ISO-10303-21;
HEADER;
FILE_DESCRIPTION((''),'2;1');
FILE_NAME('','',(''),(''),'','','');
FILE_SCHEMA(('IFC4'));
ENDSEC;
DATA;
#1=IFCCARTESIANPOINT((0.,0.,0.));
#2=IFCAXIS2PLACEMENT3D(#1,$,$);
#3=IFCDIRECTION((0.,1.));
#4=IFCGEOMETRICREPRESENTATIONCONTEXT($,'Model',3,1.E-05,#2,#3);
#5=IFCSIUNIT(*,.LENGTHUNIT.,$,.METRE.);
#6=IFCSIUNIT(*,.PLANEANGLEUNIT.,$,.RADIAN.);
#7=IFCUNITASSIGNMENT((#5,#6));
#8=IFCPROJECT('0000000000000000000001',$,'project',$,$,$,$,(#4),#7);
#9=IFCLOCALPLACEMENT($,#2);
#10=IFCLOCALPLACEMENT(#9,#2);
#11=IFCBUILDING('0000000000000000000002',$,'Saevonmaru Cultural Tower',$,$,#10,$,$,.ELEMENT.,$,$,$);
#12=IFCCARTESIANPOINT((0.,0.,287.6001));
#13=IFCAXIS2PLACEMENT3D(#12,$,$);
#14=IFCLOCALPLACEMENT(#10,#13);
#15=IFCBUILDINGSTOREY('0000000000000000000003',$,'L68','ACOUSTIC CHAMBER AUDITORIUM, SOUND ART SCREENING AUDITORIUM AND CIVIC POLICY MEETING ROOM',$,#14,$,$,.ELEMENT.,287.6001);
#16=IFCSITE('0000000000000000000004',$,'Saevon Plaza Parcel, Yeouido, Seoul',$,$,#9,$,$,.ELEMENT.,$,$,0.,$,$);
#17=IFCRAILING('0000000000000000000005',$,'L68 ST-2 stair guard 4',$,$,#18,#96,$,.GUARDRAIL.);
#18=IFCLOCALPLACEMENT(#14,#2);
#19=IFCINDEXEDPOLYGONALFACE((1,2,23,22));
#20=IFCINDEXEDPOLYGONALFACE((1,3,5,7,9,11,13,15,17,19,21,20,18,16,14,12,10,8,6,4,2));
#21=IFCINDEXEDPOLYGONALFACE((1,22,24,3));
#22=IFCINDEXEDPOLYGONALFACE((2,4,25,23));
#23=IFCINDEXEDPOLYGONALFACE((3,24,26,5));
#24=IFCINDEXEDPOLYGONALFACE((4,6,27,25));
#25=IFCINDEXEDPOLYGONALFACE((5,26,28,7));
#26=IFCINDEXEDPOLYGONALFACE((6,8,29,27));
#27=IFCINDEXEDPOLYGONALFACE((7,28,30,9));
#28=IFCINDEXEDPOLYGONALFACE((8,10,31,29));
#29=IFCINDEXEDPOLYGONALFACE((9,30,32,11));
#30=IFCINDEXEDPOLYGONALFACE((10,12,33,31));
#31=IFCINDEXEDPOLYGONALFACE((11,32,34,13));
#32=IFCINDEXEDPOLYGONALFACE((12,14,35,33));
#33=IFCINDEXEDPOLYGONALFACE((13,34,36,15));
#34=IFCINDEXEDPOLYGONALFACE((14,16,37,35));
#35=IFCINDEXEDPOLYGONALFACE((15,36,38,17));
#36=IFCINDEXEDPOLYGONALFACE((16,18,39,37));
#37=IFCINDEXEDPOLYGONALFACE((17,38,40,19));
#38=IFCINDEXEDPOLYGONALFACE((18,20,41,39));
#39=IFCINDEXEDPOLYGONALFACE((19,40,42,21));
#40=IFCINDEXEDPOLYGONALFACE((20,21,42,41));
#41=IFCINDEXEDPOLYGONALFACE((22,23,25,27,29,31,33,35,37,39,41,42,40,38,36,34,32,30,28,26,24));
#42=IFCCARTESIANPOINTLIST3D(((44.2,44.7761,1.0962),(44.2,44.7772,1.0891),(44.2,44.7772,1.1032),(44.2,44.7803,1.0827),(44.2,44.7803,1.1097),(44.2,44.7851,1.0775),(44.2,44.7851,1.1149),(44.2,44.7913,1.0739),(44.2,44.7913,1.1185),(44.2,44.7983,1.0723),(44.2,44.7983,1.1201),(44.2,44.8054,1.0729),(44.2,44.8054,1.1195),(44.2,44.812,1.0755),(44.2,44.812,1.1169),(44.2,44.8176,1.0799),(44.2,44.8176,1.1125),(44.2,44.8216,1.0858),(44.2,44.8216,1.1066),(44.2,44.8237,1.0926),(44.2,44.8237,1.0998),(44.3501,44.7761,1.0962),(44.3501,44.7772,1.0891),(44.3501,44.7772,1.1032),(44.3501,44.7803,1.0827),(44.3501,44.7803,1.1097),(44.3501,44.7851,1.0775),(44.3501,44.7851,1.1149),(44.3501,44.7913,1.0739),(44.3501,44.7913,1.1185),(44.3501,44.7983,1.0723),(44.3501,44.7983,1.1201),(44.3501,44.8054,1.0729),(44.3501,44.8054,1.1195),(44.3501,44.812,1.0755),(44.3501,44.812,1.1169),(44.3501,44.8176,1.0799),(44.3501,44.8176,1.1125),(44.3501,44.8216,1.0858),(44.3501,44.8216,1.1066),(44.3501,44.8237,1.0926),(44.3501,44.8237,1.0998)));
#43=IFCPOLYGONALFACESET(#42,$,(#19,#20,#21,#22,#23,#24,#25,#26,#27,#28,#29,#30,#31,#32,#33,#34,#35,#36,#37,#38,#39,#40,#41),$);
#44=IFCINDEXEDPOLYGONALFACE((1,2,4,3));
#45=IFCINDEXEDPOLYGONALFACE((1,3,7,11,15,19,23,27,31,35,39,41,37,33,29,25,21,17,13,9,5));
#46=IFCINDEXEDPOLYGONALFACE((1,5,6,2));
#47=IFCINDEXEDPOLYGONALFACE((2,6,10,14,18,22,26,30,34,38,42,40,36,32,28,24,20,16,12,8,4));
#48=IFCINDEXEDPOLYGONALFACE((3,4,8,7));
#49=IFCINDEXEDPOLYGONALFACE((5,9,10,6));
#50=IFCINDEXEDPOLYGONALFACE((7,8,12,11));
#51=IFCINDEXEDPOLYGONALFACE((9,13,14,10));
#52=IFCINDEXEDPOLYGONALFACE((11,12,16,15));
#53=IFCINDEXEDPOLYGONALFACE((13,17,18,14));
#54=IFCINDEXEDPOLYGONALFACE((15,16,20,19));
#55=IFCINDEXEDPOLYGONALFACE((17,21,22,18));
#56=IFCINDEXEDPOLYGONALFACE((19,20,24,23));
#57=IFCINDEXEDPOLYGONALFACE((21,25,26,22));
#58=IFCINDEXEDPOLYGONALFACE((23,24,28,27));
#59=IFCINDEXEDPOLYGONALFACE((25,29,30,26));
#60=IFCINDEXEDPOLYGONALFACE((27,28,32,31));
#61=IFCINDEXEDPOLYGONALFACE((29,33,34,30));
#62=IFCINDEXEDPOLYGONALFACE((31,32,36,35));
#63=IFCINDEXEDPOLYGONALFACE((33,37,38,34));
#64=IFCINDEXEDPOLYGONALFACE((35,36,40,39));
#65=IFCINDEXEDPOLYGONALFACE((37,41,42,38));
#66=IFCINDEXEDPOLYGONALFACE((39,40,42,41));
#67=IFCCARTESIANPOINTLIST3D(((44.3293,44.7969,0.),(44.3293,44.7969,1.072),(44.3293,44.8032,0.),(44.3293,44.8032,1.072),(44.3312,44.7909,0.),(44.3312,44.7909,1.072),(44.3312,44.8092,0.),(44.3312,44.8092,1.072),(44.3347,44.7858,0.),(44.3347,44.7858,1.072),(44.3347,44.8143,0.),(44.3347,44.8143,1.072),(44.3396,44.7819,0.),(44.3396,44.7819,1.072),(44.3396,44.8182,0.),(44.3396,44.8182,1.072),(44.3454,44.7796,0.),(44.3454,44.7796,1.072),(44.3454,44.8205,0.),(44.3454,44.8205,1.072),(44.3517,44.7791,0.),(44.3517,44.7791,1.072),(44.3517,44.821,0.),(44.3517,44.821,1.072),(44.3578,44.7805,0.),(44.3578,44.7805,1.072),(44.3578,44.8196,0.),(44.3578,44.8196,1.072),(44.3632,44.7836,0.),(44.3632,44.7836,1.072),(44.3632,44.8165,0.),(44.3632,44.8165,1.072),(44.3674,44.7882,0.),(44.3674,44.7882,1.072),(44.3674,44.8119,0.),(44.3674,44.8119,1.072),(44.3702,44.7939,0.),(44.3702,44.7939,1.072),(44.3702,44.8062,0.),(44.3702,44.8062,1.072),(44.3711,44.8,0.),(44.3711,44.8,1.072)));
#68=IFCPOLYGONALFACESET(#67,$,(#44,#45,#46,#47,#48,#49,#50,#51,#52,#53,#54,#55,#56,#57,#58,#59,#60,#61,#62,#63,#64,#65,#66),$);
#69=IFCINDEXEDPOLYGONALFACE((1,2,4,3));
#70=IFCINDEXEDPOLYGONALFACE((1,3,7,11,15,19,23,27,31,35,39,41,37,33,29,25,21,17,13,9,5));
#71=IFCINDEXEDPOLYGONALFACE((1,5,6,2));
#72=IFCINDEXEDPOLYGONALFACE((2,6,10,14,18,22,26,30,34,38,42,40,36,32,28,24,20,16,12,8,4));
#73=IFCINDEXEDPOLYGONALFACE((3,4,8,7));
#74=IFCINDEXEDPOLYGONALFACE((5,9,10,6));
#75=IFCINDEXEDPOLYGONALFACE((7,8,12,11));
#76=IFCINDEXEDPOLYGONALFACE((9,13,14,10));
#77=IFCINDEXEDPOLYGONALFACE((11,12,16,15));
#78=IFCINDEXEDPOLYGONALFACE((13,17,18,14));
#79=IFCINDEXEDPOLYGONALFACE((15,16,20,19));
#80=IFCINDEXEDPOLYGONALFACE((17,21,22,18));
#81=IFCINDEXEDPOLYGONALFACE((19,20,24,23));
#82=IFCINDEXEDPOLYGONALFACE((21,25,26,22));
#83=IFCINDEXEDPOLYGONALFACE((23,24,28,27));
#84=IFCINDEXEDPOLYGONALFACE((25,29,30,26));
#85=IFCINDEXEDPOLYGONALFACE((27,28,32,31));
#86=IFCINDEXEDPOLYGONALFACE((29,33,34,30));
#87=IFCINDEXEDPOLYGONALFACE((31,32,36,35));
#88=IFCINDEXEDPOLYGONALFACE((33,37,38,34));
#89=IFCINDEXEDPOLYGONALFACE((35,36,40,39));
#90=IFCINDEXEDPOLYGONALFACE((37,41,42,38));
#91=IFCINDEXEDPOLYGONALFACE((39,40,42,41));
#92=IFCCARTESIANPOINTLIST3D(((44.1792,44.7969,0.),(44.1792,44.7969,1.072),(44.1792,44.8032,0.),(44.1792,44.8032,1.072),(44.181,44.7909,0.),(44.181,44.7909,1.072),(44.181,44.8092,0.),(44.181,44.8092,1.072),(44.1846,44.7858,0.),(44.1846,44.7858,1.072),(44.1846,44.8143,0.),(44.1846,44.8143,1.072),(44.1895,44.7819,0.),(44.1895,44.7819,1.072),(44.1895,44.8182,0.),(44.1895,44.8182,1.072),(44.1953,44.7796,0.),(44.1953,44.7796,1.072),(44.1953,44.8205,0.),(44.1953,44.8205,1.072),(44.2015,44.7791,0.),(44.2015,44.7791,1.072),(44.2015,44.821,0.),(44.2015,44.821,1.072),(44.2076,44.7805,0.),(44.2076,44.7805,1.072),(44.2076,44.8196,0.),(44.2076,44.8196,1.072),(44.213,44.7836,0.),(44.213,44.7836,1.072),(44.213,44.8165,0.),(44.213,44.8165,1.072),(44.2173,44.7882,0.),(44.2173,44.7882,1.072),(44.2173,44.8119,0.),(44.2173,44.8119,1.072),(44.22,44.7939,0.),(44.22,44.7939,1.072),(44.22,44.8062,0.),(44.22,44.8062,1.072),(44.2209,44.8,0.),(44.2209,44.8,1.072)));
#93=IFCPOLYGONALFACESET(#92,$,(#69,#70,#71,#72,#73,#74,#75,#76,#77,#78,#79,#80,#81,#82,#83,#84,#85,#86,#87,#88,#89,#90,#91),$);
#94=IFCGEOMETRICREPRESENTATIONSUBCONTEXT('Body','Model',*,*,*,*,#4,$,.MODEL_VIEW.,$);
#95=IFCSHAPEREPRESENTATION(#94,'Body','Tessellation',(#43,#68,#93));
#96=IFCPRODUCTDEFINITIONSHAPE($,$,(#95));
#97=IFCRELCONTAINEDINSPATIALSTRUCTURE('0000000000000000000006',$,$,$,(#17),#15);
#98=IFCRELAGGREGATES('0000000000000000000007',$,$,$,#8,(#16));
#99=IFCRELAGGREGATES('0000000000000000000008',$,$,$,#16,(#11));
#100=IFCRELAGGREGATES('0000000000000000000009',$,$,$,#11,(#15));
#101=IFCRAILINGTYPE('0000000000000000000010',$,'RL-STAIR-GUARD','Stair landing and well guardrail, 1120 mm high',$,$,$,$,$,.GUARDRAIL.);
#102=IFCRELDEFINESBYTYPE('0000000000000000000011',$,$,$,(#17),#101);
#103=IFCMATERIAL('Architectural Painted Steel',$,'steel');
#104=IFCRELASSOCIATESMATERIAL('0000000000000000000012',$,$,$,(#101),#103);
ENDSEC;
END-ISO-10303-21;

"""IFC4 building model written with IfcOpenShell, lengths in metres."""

from ifc_helpers import new_model, si_unit, direction, frame, origin, origin_2d, place, context, subcontext, project, spatial, circle, extrude, material, type_object, element, save


model = new_model("IFC4")

# Units and contexts
model_context = context("Model", 3, precision=1e-05, world=origin(), true_north=direction((0.0, 1.0)))
body_context = subcontext(model_context, "Body", "Model", "MODEL_VIEW")
ifc_project = project(units=[si_unit("LENGTHUNIT", "METRE"), si_unit("PLANEANGLEUNIT", "RADIAN")], contexts=[model_context])

# Site, building, storey
site_placement = place(None, origin())
site = spatial("IfcSite", under=ifc_project, at=site_placement, Name="Saevon Plaza Parcel, Yeouido, Seoul", CompositionType="ELEMENT", RefElevation=0.0)
building_placement = place(site_placement, origin())
building = spatial("IfcBuilding", under=site, at=building_placement, Name="Saevonmaru Cultural Tower", CompositionType="ELEMENT")
storey_placement = place(building_placement, frame((0.0, 0.0, 287.6001)))
storey = spatial("IfcBuildingStorey", under=building, at=storey_placement, Name="L68", Description="ACOUSTIC CHAMBER AUDITORIUM, SOUND ART SCREENING AUDITORIUM AND CIVIC POLICY MEETING ROOM", CompositionType="ELEMENT", Elevation=287.6001)

# Railing
ifc_material_1 = material(Name="Architectural Painted Steel", Category="steel")
railing_type = type_object("IfcRailingType", Name="RL-STAIR-GUARD", Description="Stair landing and well guardrail, 1120 mm high", PredefinedType="GUARDRAIL", material=ifc_material_1)
railing_placement = place(storey_placement, frame((44.3501, 44.8, 0.0)))
element("IfcRailing", 1, at=railing_placement, inside=storey, type_object=railing_type, Name="L68 ST-2 stair guard 4", PredefinedType="GUARDRAIL", context=body_context, shape_type="SweptSolid", body=[
    extrude(circle(Radius=0.0239, at=origin_2d()), frame((0.0, 0.0, 1.0962), z_axis=(-1.0, 0.0, 0.0), x_axis=(0.0, -1.0, 0.0)), (0.0, 0.0, 1.0), 0.1501),
    extrude(circle(Radius=0.021, at=origin_2d()), origin(), (0.0, 0.0, 1.0), 1.072),
    extrude(circle(Radius=0.021, at=origin_2d()), frame((-0.1501, 0.0, 0.0)), (0.0, 0.0, 1.0), 1.072),
])

save(model, "model.ifc")
